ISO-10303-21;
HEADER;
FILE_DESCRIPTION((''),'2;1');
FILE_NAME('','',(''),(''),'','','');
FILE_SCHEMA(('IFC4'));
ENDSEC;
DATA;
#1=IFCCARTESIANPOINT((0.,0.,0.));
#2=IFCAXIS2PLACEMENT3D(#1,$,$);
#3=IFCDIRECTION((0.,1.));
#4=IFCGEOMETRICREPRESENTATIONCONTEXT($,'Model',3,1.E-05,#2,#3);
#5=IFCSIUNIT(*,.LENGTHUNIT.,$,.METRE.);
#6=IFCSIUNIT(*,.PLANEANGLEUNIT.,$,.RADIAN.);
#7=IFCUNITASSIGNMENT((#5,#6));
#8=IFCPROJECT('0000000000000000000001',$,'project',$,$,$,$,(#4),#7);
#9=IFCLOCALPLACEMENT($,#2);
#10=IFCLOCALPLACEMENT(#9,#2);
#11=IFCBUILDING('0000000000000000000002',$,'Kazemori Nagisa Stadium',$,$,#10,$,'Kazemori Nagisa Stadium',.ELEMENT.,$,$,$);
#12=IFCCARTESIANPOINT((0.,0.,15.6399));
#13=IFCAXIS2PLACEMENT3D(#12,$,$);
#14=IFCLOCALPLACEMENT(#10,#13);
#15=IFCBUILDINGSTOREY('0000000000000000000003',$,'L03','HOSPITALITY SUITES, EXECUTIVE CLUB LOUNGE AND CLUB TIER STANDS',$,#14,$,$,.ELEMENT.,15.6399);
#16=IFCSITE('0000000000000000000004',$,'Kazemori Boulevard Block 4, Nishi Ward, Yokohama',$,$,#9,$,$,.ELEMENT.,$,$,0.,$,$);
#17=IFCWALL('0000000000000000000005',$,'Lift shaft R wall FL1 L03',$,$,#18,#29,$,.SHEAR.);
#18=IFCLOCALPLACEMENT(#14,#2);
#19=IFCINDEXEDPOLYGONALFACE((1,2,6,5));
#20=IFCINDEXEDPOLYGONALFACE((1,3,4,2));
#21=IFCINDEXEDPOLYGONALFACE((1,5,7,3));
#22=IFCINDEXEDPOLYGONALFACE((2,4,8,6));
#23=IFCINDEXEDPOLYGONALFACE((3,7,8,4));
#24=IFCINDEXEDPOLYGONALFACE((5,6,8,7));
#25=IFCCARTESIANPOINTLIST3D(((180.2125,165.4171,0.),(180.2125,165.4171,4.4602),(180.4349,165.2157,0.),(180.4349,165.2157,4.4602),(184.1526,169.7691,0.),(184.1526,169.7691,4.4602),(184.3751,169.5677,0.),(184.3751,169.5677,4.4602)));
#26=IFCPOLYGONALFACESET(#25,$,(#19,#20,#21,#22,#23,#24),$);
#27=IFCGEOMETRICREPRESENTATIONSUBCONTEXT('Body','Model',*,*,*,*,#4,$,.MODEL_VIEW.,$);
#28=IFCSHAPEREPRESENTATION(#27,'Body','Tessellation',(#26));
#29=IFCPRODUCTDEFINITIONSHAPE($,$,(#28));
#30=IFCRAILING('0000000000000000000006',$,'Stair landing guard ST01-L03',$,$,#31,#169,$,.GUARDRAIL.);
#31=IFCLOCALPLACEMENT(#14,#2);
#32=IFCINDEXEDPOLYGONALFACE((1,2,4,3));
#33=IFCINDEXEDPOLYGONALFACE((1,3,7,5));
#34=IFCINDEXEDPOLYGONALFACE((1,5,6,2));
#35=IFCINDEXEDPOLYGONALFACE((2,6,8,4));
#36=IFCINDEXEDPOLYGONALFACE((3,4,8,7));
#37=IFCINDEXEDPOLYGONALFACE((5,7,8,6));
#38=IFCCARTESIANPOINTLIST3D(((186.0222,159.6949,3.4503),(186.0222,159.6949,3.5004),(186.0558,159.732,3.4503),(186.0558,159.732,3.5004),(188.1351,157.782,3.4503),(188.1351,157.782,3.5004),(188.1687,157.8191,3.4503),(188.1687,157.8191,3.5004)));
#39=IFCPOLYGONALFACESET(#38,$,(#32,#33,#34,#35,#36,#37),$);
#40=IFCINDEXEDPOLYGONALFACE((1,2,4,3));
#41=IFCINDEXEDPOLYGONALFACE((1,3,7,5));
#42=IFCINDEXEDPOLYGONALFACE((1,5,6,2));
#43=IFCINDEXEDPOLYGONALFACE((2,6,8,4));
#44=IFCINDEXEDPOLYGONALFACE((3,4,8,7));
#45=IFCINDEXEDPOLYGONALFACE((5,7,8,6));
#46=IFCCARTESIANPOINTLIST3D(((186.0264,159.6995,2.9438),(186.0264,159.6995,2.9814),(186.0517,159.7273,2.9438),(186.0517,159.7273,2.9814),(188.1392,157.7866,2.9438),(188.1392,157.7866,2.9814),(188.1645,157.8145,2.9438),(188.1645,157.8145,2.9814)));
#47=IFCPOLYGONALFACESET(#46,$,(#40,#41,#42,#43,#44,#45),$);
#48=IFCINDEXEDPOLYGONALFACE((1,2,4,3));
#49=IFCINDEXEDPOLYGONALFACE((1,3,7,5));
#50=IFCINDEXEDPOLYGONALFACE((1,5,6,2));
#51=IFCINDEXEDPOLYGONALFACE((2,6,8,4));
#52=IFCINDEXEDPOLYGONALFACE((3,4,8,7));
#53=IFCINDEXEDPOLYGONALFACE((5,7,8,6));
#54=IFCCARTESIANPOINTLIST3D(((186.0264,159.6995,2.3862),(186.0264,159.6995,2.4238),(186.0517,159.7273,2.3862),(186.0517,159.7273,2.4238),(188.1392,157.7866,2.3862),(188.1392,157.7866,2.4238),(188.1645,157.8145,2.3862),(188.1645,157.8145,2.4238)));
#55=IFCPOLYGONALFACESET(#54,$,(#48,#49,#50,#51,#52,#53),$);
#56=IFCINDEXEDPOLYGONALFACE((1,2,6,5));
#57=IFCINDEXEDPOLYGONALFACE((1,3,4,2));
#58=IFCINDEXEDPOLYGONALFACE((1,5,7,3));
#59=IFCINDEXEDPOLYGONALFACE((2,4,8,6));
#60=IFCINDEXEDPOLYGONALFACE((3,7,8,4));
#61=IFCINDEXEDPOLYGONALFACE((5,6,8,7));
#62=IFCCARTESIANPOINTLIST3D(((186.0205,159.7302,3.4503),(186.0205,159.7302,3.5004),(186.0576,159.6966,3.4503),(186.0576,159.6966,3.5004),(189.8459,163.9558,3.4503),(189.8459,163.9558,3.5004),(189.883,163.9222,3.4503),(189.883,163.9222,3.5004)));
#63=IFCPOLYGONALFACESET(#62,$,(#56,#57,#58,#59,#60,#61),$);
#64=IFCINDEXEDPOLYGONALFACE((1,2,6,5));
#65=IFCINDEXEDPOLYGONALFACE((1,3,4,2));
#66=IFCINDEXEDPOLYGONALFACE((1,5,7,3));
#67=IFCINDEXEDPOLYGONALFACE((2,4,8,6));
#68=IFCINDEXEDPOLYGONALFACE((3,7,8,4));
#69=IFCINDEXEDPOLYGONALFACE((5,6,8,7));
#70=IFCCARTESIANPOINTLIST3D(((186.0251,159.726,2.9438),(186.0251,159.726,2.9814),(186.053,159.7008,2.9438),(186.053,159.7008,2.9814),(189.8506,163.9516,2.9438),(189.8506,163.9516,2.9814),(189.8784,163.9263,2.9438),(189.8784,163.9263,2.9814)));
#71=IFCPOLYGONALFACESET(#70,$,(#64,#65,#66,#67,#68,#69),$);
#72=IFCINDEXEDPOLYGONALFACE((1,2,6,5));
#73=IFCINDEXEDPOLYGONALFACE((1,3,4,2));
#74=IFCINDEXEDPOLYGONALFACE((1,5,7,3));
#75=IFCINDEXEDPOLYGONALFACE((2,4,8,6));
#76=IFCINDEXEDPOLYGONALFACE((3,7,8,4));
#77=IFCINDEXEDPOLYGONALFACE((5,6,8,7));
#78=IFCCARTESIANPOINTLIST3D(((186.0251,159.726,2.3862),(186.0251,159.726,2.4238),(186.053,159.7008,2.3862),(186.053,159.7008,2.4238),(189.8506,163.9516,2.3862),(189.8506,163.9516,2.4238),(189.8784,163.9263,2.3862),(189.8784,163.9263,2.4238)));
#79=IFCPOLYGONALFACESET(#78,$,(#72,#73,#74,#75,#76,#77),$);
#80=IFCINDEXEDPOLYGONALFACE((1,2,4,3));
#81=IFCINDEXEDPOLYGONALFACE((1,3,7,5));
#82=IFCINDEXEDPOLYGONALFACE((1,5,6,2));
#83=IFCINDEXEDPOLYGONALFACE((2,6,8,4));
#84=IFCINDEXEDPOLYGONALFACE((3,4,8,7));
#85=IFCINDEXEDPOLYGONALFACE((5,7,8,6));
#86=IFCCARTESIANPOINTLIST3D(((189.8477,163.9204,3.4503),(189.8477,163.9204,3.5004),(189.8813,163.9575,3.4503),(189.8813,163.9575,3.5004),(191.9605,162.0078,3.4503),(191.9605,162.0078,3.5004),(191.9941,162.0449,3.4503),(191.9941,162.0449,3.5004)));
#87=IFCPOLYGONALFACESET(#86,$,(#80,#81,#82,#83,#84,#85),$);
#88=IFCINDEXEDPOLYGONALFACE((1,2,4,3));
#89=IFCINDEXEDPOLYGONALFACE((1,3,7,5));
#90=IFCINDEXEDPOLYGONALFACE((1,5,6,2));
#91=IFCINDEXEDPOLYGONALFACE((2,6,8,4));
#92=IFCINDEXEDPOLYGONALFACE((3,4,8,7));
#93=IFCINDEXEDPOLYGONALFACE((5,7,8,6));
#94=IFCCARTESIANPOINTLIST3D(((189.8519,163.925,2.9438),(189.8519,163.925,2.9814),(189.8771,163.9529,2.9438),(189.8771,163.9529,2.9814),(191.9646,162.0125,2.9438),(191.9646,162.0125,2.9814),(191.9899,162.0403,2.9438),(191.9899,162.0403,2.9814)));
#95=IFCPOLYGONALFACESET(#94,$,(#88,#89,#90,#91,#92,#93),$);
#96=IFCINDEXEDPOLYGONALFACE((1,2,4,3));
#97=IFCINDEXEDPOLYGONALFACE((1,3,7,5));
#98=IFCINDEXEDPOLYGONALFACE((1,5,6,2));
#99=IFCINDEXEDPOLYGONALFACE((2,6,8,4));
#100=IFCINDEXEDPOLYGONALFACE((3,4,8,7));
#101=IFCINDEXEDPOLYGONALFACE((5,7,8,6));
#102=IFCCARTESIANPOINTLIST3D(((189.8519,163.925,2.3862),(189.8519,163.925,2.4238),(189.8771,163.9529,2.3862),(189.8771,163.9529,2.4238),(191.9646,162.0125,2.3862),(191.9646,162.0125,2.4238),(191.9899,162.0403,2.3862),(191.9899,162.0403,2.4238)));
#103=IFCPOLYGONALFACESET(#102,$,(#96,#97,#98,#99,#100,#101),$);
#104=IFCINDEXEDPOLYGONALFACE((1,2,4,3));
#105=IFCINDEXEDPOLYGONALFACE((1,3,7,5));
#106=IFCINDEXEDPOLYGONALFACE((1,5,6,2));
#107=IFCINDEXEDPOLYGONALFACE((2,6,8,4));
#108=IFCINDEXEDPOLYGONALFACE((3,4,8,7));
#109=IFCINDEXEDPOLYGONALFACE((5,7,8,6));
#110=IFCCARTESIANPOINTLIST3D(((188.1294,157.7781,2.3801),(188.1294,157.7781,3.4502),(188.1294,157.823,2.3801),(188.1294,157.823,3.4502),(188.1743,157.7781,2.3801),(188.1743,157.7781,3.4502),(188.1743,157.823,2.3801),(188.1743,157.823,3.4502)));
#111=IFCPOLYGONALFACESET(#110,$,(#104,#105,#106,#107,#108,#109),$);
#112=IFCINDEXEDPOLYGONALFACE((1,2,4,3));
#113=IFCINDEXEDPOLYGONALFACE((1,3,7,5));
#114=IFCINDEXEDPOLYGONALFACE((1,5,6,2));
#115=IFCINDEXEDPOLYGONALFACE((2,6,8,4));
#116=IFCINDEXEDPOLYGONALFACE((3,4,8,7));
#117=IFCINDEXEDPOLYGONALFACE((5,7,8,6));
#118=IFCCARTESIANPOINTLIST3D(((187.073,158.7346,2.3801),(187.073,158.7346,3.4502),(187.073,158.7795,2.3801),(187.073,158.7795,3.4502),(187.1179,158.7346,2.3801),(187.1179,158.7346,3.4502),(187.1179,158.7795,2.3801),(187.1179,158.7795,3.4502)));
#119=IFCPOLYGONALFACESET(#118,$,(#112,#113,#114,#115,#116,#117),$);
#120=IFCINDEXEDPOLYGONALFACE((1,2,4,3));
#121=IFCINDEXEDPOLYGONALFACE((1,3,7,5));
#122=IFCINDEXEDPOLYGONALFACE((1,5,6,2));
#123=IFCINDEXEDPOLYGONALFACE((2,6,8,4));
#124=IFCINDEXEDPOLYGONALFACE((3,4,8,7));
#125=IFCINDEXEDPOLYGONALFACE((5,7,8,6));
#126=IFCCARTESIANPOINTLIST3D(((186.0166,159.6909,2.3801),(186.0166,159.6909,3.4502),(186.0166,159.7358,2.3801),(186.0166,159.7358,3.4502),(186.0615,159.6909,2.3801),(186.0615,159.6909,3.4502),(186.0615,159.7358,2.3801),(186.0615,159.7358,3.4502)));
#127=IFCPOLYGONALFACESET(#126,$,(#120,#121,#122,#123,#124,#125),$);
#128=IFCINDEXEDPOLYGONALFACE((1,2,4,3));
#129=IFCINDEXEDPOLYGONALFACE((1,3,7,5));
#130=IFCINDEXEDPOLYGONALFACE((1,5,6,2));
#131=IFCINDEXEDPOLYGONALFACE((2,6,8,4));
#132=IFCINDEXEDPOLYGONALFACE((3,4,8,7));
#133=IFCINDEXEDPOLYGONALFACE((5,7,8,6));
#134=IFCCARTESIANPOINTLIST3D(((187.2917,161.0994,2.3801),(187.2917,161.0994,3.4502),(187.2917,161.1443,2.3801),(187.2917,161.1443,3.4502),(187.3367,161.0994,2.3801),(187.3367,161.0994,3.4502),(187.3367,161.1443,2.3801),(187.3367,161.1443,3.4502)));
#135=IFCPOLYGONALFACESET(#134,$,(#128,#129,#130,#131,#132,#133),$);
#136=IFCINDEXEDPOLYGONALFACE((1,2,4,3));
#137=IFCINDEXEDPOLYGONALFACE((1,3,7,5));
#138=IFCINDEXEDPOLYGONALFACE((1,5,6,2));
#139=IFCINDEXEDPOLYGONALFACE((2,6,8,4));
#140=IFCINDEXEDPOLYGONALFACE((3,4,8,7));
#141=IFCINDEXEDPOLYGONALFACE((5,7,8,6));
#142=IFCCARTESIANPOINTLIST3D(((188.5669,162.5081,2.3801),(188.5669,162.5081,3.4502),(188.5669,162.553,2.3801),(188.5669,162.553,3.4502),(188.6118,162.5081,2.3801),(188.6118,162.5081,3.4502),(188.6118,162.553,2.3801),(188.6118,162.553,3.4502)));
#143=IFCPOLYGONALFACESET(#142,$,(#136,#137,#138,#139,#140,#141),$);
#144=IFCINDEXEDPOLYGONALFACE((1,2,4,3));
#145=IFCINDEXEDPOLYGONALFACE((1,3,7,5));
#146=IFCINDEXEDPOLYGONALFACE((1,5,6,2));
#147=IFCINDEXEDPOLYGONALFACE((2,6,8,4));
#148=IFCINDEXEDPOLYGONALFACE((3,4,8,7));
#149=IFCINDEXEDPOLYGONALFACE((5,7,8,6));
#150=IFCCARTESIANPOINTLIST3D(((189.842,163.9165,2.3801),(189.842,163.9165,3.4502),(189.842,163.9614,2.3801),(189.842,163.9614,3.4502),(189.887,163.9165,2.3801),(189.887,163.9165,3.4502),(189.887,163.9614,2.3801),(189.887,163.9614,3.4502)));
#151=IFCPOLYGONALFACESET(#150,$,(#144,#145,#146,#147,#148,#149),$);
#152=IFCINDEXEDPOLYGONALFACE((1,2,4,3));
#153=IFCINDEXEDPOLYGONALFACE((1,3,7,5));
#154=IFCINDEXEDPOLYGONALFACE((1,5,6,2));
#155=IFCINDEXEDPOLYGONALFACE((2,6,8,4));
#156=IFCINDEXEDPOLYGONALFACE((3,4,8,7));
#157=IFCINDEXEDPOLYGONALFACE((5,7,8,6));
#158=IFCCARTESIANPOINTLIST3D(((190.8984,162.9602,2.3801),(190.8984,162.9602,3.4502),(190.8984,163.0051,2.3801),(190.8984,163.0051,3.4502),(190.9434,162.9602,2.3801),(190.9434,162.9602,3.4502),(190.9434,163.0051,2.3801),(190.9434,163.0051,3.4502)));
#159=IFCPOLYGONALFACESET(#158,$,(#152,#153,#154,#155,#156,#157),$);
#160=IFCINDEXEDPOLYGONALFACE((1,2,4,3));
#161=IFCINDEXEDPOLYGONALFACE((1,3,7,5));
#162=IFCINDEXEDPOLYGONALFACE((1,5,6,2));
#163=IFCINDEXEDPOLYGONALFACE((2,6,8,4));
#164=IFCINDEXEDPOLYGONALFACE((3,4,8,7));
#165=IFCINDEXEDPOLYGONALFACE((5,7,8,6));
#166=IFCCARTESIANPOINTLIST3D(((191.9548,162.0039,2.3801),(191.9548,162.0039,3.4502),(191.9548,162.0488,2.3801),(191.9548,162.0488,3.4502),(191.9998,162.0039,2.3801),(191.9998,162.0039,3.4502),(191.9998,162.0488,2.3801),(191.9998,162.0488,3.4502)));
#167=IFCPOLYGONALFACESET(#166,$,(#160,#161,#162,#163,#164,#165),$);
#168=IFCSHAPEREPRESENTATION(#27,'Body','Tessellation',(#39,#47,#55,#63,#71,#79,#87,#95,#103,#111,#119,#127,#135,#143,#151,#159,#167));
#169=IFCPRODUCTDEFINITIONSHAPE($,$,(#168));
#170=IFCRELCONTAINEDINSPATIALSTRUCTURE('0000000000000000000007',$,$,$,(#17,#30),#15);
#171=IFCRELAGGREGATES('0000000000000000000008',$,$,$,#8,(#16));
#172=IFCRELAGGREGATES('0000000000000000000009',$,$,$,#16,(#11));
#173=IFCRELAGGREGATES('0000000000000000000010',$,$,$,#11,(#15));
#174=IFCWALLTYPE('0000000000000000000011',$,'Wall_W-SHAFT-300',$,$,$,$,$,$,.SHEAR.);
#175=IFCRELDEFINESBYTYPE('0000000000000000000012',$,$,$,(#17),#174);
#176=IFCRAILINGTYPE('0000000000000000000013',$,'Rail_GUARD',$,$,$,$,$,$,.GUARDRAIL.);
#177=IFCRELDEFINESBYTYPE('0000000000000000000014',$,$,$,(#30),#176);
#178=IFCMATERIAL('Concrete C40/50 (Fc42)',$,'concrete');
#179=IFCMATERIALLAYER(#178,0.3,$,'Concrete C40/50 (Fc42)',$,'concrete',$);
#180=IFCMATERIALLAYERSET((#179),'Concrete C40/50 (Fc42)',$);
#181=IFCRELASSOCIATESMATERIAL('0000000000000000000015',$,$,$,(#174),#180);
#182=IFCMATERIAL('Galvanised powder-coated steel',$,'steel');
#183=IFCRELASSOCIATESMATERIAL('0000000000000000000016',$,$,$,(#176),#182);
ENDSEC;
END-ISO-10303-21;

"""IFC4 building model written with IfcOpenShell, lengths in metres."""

from ifc_helpers import new_model, si_unit, direction, frame, frame_2d, origin, origin_2d, place, context, subcontext, project, spatial, rectangle, extrude, material, layer, layer_set, type_object, element, save


model = new_model("IFC4")

# Units and contexts
model_context = context("Model", 3, precision=1e-05, world=origin(), true_north=direction((0.0, 1.0)))
body_context = subcontext(model_context, "Body", "Model", "MODEL_VIEW")
ifc_project = project(units=[si_unit("LENGTHUNIT", "METRE"), si_unit("PLANEANGLEUNIT", "RADIAN")], contexts=[model_context])

# Site, building, storey
site_placement = place(None, origin())
site = spatial("IfcSite", under=ifc_project, at=site_placement, Name="Kazemori Boulevard Block 4, Nishi Ward, Yokohama", CompositionType="ELEMENT", RefElevation=0.0)
building_placement = place(site_placement, origin())
building = spatial("IfcBuilding", under=site, at=building_placement, Name="Kazemori Nagisa Stadium", LongName="Kazemori Nagisa Stadium", CompositionType="ELEMENT")
storey_placement = place(building_placement, frame((0.0, 0.0, 15.6399)))
storey = spatial("IfcBuildingStorey", under=building, at=storey_placement, Name="L03", Description="HOSPITALITY SUITES, EXECUTIVE CLUB LOUNGE AND CLUB TIER STANDS", CompositionType="ELEMENT", Elevation=15.6399)

# Shared definitions
ifc_material_1 = material(Name="Concrete C40/50 (Fc42)", Category="concrete")

# Shared definitions
ifc_layer_1 = layer(ifc_material_1, 0.3, Name="Concrete C40/50 (Fc42)", Category="concrete")
ifc_layer_set_1 = layer_set([ifc_layer_1], Name="Concrete C40/50 (Fc42)")
wall_type_1 = type_object("IfcWallType", Name="Wall_W-SHAFT-300", PredefinedType="SHEAR", material=ifc_layer_set_1)

# Wall
wall_1_placement = place(storey_placement, frame((180.3237, 165.3164, 0.0), z_axis=(0.0, 0.0, 1.0), x_axis=(0.671158, 0.741314, 0.0)))
element("IfcWall", 1, at=wall_1_placement, inside=storey, type_object=wall_type_1, Name="Lift shaft R wall FL1 L03", PredefinedType="SHEAR", context=body_context, shape_type="SweptSolid", body=[
    extrude(rectangle(XDim=5.8706, YDim=0.3, at=frame_2d((2.9353, 0.0))), origin(), (0.0, 0.0, 1.0), 4.4602),
])

# Railing
ifc_material_2 = material(Name="Galvanised powder-coated steel", Category="steel")
railing_type = type_object("IfcRailingType", Name="Rail_GUARD", PredefinedType="GUARDRAIL", material=ifc_material_2)
railing_placement = place(storey_placement, frame((188.1519, 157.8005, 2.3801)))
element("IfcRailing", 2, at=railing_placement, inside=storey, type_object=railing_type, Name="Stair landing guard ST01-L03", PredefinedType="GUARDRAIL", context=body_context, shape_type="SweptSolid", body=[
    extrude(rectangle(XDim=0.05, YDim=0.05, at=origin_2d()), frame((0.0, 0.0, 1.0952), z_axis=(-0.741315, 0.671158, 0.0), x_axis=(-0.671158, -0.741315, 0.0)), (0.0, 0.0, 1.0), 2.8501),
    extrude(rectangle(XDim=0.0376, YDim=0.0376, at=origin_2d()), frame((0.0, 0.0, 0.5825), z_axis=(-0.741315, 0.671158, 0.0), x_axis=(-0.671158, -0.741315, 0.0)), (0.0, 0.0, 1.0), 2.8501),
    extrude(rectangle(XDim=0.0376, YDim=0.0376, at=origin_2d()), frame((0.0, 0.0, 0.0249), z_axis=(-0.741315, 0.671158, 0.0), x_axis=(-0.671158, -0.741315, 0.0)), (0.0, 0.0, 1.0), 2.8501),
    extrude(rectangle(XDim=0.05, YDim=0.05, at=origin_2d()), frame((-2.1128, 1.9128, 1.0952), z_axis=(0.671134, 0.741336, 0.0), x_axis=(-0.741336, 0.671134, 0.0)), (0.0, 0.0, 1.0), 5.7),
    extrude(rectangle(XDim=0.0376, YDim=0.0376, at=origin_2d()), frame((-2.1128, 1.9128, 0.5825), z_axis=(0.671134, 0.741336, 0.0), x_axis=(-0.741336, 0.671134, 0.0)), (0.0, 0.0, 1.0), 5.7),
    extrude(rectangle(XDim=0.0376, YDim=0.0376, at=origin_2d()), frame((-2.1128, 1.9128, 0.0249), z_axis=(0.671134, 0.741336, 0.0), x_axis=(-0.741336, 0.671134, 0.0)), (0.0, 0.0, 1.0), 5.7),
    extrude(rectangle(XDim=0.05, YDim=0.05, at=origin_2d()), frame((1.7126, 6.1384, 1.0952), z_axis=(0.741357, -0.671111, 0.0), x_axis=(0.671111, 0.741357, 0.0)), (0.0, 0.0, 1.0), 2.8499),
    extrude(rectangle(XDim=0.0376, YDim=0.0376, at=origin_2d()), frame((1.7126, 6.1384, 0.5825), z_axis=(0.741357, -0.671111, 0.0), x_axis=(0.671111, 0.741357, 0.0)), (0.0, 0.0, 1.0), 2.8499),
    extrude(rectangle(XDim=0.0376, YDim=0.0376, at=origin_2d()), frame((1.7126, 6.1384, 0.0249), z_axis=(0.741357, -0.671111, 0.0), x_axis=(0.671111, 0.741357, 0.0)), (0.0, 0.0, 1.0), 2.8499),
    extrude(rectangle(XDim=0.0449, YDim=0.0449, at=origin_2d()), origin(), (0.0, 0.0, 1.0), 1.0701),
    extrude(rectangle(XDim=0.0449, YDim=0.0449, at=origin_2d()), frame((-1.0564, 0.9565, 0.0)), (0.0, 0.0, 1.0), 1.0701),
    extrude(rectangle(XDim=0.0449, YDim=0.0449, at=origin_2d()), frame((-2.1128, 1.9128, 0.0)), (0.0, 0.0, 1.0), 1.0701),
    extrude(rectangle(XDim=0.0449, YDim=0.0449, at=origin_2d()), frame((-0.8376, 3.3213, 0.0)), (0.0, 0.0, 1.0), 1.0701),
    extrude(rectangle(XDim=0.0449, YDim=0.0449, at=origin_2d()), frame((0.4375, 4.73, 0.0)), (0.0, 0.0, 1.0), 1.0701),
    extrude(rectangle(XDim=0.0449, YDim=0.0449, at=origin_2d()), frame((1.7126, 6.1384, 0.0)), (0.0, 0.0, 1.0), 1.0701),
    extrude(rectangle(XDim=0.0449, YDim=0.0449, at=origin_2d()), frame((2.769, 5.1821, 0.0)), (0.0, 0.0, 1.0), 1.0701),
    extrude(rectangle(XDim=0.0449, YDim=0.0449, at=origin_2d()), frame((3.8254, 4.2258, 0.0)), (0.0, 0.0, 1.0), 1.0701),
])

save(model, "model.ifc")
